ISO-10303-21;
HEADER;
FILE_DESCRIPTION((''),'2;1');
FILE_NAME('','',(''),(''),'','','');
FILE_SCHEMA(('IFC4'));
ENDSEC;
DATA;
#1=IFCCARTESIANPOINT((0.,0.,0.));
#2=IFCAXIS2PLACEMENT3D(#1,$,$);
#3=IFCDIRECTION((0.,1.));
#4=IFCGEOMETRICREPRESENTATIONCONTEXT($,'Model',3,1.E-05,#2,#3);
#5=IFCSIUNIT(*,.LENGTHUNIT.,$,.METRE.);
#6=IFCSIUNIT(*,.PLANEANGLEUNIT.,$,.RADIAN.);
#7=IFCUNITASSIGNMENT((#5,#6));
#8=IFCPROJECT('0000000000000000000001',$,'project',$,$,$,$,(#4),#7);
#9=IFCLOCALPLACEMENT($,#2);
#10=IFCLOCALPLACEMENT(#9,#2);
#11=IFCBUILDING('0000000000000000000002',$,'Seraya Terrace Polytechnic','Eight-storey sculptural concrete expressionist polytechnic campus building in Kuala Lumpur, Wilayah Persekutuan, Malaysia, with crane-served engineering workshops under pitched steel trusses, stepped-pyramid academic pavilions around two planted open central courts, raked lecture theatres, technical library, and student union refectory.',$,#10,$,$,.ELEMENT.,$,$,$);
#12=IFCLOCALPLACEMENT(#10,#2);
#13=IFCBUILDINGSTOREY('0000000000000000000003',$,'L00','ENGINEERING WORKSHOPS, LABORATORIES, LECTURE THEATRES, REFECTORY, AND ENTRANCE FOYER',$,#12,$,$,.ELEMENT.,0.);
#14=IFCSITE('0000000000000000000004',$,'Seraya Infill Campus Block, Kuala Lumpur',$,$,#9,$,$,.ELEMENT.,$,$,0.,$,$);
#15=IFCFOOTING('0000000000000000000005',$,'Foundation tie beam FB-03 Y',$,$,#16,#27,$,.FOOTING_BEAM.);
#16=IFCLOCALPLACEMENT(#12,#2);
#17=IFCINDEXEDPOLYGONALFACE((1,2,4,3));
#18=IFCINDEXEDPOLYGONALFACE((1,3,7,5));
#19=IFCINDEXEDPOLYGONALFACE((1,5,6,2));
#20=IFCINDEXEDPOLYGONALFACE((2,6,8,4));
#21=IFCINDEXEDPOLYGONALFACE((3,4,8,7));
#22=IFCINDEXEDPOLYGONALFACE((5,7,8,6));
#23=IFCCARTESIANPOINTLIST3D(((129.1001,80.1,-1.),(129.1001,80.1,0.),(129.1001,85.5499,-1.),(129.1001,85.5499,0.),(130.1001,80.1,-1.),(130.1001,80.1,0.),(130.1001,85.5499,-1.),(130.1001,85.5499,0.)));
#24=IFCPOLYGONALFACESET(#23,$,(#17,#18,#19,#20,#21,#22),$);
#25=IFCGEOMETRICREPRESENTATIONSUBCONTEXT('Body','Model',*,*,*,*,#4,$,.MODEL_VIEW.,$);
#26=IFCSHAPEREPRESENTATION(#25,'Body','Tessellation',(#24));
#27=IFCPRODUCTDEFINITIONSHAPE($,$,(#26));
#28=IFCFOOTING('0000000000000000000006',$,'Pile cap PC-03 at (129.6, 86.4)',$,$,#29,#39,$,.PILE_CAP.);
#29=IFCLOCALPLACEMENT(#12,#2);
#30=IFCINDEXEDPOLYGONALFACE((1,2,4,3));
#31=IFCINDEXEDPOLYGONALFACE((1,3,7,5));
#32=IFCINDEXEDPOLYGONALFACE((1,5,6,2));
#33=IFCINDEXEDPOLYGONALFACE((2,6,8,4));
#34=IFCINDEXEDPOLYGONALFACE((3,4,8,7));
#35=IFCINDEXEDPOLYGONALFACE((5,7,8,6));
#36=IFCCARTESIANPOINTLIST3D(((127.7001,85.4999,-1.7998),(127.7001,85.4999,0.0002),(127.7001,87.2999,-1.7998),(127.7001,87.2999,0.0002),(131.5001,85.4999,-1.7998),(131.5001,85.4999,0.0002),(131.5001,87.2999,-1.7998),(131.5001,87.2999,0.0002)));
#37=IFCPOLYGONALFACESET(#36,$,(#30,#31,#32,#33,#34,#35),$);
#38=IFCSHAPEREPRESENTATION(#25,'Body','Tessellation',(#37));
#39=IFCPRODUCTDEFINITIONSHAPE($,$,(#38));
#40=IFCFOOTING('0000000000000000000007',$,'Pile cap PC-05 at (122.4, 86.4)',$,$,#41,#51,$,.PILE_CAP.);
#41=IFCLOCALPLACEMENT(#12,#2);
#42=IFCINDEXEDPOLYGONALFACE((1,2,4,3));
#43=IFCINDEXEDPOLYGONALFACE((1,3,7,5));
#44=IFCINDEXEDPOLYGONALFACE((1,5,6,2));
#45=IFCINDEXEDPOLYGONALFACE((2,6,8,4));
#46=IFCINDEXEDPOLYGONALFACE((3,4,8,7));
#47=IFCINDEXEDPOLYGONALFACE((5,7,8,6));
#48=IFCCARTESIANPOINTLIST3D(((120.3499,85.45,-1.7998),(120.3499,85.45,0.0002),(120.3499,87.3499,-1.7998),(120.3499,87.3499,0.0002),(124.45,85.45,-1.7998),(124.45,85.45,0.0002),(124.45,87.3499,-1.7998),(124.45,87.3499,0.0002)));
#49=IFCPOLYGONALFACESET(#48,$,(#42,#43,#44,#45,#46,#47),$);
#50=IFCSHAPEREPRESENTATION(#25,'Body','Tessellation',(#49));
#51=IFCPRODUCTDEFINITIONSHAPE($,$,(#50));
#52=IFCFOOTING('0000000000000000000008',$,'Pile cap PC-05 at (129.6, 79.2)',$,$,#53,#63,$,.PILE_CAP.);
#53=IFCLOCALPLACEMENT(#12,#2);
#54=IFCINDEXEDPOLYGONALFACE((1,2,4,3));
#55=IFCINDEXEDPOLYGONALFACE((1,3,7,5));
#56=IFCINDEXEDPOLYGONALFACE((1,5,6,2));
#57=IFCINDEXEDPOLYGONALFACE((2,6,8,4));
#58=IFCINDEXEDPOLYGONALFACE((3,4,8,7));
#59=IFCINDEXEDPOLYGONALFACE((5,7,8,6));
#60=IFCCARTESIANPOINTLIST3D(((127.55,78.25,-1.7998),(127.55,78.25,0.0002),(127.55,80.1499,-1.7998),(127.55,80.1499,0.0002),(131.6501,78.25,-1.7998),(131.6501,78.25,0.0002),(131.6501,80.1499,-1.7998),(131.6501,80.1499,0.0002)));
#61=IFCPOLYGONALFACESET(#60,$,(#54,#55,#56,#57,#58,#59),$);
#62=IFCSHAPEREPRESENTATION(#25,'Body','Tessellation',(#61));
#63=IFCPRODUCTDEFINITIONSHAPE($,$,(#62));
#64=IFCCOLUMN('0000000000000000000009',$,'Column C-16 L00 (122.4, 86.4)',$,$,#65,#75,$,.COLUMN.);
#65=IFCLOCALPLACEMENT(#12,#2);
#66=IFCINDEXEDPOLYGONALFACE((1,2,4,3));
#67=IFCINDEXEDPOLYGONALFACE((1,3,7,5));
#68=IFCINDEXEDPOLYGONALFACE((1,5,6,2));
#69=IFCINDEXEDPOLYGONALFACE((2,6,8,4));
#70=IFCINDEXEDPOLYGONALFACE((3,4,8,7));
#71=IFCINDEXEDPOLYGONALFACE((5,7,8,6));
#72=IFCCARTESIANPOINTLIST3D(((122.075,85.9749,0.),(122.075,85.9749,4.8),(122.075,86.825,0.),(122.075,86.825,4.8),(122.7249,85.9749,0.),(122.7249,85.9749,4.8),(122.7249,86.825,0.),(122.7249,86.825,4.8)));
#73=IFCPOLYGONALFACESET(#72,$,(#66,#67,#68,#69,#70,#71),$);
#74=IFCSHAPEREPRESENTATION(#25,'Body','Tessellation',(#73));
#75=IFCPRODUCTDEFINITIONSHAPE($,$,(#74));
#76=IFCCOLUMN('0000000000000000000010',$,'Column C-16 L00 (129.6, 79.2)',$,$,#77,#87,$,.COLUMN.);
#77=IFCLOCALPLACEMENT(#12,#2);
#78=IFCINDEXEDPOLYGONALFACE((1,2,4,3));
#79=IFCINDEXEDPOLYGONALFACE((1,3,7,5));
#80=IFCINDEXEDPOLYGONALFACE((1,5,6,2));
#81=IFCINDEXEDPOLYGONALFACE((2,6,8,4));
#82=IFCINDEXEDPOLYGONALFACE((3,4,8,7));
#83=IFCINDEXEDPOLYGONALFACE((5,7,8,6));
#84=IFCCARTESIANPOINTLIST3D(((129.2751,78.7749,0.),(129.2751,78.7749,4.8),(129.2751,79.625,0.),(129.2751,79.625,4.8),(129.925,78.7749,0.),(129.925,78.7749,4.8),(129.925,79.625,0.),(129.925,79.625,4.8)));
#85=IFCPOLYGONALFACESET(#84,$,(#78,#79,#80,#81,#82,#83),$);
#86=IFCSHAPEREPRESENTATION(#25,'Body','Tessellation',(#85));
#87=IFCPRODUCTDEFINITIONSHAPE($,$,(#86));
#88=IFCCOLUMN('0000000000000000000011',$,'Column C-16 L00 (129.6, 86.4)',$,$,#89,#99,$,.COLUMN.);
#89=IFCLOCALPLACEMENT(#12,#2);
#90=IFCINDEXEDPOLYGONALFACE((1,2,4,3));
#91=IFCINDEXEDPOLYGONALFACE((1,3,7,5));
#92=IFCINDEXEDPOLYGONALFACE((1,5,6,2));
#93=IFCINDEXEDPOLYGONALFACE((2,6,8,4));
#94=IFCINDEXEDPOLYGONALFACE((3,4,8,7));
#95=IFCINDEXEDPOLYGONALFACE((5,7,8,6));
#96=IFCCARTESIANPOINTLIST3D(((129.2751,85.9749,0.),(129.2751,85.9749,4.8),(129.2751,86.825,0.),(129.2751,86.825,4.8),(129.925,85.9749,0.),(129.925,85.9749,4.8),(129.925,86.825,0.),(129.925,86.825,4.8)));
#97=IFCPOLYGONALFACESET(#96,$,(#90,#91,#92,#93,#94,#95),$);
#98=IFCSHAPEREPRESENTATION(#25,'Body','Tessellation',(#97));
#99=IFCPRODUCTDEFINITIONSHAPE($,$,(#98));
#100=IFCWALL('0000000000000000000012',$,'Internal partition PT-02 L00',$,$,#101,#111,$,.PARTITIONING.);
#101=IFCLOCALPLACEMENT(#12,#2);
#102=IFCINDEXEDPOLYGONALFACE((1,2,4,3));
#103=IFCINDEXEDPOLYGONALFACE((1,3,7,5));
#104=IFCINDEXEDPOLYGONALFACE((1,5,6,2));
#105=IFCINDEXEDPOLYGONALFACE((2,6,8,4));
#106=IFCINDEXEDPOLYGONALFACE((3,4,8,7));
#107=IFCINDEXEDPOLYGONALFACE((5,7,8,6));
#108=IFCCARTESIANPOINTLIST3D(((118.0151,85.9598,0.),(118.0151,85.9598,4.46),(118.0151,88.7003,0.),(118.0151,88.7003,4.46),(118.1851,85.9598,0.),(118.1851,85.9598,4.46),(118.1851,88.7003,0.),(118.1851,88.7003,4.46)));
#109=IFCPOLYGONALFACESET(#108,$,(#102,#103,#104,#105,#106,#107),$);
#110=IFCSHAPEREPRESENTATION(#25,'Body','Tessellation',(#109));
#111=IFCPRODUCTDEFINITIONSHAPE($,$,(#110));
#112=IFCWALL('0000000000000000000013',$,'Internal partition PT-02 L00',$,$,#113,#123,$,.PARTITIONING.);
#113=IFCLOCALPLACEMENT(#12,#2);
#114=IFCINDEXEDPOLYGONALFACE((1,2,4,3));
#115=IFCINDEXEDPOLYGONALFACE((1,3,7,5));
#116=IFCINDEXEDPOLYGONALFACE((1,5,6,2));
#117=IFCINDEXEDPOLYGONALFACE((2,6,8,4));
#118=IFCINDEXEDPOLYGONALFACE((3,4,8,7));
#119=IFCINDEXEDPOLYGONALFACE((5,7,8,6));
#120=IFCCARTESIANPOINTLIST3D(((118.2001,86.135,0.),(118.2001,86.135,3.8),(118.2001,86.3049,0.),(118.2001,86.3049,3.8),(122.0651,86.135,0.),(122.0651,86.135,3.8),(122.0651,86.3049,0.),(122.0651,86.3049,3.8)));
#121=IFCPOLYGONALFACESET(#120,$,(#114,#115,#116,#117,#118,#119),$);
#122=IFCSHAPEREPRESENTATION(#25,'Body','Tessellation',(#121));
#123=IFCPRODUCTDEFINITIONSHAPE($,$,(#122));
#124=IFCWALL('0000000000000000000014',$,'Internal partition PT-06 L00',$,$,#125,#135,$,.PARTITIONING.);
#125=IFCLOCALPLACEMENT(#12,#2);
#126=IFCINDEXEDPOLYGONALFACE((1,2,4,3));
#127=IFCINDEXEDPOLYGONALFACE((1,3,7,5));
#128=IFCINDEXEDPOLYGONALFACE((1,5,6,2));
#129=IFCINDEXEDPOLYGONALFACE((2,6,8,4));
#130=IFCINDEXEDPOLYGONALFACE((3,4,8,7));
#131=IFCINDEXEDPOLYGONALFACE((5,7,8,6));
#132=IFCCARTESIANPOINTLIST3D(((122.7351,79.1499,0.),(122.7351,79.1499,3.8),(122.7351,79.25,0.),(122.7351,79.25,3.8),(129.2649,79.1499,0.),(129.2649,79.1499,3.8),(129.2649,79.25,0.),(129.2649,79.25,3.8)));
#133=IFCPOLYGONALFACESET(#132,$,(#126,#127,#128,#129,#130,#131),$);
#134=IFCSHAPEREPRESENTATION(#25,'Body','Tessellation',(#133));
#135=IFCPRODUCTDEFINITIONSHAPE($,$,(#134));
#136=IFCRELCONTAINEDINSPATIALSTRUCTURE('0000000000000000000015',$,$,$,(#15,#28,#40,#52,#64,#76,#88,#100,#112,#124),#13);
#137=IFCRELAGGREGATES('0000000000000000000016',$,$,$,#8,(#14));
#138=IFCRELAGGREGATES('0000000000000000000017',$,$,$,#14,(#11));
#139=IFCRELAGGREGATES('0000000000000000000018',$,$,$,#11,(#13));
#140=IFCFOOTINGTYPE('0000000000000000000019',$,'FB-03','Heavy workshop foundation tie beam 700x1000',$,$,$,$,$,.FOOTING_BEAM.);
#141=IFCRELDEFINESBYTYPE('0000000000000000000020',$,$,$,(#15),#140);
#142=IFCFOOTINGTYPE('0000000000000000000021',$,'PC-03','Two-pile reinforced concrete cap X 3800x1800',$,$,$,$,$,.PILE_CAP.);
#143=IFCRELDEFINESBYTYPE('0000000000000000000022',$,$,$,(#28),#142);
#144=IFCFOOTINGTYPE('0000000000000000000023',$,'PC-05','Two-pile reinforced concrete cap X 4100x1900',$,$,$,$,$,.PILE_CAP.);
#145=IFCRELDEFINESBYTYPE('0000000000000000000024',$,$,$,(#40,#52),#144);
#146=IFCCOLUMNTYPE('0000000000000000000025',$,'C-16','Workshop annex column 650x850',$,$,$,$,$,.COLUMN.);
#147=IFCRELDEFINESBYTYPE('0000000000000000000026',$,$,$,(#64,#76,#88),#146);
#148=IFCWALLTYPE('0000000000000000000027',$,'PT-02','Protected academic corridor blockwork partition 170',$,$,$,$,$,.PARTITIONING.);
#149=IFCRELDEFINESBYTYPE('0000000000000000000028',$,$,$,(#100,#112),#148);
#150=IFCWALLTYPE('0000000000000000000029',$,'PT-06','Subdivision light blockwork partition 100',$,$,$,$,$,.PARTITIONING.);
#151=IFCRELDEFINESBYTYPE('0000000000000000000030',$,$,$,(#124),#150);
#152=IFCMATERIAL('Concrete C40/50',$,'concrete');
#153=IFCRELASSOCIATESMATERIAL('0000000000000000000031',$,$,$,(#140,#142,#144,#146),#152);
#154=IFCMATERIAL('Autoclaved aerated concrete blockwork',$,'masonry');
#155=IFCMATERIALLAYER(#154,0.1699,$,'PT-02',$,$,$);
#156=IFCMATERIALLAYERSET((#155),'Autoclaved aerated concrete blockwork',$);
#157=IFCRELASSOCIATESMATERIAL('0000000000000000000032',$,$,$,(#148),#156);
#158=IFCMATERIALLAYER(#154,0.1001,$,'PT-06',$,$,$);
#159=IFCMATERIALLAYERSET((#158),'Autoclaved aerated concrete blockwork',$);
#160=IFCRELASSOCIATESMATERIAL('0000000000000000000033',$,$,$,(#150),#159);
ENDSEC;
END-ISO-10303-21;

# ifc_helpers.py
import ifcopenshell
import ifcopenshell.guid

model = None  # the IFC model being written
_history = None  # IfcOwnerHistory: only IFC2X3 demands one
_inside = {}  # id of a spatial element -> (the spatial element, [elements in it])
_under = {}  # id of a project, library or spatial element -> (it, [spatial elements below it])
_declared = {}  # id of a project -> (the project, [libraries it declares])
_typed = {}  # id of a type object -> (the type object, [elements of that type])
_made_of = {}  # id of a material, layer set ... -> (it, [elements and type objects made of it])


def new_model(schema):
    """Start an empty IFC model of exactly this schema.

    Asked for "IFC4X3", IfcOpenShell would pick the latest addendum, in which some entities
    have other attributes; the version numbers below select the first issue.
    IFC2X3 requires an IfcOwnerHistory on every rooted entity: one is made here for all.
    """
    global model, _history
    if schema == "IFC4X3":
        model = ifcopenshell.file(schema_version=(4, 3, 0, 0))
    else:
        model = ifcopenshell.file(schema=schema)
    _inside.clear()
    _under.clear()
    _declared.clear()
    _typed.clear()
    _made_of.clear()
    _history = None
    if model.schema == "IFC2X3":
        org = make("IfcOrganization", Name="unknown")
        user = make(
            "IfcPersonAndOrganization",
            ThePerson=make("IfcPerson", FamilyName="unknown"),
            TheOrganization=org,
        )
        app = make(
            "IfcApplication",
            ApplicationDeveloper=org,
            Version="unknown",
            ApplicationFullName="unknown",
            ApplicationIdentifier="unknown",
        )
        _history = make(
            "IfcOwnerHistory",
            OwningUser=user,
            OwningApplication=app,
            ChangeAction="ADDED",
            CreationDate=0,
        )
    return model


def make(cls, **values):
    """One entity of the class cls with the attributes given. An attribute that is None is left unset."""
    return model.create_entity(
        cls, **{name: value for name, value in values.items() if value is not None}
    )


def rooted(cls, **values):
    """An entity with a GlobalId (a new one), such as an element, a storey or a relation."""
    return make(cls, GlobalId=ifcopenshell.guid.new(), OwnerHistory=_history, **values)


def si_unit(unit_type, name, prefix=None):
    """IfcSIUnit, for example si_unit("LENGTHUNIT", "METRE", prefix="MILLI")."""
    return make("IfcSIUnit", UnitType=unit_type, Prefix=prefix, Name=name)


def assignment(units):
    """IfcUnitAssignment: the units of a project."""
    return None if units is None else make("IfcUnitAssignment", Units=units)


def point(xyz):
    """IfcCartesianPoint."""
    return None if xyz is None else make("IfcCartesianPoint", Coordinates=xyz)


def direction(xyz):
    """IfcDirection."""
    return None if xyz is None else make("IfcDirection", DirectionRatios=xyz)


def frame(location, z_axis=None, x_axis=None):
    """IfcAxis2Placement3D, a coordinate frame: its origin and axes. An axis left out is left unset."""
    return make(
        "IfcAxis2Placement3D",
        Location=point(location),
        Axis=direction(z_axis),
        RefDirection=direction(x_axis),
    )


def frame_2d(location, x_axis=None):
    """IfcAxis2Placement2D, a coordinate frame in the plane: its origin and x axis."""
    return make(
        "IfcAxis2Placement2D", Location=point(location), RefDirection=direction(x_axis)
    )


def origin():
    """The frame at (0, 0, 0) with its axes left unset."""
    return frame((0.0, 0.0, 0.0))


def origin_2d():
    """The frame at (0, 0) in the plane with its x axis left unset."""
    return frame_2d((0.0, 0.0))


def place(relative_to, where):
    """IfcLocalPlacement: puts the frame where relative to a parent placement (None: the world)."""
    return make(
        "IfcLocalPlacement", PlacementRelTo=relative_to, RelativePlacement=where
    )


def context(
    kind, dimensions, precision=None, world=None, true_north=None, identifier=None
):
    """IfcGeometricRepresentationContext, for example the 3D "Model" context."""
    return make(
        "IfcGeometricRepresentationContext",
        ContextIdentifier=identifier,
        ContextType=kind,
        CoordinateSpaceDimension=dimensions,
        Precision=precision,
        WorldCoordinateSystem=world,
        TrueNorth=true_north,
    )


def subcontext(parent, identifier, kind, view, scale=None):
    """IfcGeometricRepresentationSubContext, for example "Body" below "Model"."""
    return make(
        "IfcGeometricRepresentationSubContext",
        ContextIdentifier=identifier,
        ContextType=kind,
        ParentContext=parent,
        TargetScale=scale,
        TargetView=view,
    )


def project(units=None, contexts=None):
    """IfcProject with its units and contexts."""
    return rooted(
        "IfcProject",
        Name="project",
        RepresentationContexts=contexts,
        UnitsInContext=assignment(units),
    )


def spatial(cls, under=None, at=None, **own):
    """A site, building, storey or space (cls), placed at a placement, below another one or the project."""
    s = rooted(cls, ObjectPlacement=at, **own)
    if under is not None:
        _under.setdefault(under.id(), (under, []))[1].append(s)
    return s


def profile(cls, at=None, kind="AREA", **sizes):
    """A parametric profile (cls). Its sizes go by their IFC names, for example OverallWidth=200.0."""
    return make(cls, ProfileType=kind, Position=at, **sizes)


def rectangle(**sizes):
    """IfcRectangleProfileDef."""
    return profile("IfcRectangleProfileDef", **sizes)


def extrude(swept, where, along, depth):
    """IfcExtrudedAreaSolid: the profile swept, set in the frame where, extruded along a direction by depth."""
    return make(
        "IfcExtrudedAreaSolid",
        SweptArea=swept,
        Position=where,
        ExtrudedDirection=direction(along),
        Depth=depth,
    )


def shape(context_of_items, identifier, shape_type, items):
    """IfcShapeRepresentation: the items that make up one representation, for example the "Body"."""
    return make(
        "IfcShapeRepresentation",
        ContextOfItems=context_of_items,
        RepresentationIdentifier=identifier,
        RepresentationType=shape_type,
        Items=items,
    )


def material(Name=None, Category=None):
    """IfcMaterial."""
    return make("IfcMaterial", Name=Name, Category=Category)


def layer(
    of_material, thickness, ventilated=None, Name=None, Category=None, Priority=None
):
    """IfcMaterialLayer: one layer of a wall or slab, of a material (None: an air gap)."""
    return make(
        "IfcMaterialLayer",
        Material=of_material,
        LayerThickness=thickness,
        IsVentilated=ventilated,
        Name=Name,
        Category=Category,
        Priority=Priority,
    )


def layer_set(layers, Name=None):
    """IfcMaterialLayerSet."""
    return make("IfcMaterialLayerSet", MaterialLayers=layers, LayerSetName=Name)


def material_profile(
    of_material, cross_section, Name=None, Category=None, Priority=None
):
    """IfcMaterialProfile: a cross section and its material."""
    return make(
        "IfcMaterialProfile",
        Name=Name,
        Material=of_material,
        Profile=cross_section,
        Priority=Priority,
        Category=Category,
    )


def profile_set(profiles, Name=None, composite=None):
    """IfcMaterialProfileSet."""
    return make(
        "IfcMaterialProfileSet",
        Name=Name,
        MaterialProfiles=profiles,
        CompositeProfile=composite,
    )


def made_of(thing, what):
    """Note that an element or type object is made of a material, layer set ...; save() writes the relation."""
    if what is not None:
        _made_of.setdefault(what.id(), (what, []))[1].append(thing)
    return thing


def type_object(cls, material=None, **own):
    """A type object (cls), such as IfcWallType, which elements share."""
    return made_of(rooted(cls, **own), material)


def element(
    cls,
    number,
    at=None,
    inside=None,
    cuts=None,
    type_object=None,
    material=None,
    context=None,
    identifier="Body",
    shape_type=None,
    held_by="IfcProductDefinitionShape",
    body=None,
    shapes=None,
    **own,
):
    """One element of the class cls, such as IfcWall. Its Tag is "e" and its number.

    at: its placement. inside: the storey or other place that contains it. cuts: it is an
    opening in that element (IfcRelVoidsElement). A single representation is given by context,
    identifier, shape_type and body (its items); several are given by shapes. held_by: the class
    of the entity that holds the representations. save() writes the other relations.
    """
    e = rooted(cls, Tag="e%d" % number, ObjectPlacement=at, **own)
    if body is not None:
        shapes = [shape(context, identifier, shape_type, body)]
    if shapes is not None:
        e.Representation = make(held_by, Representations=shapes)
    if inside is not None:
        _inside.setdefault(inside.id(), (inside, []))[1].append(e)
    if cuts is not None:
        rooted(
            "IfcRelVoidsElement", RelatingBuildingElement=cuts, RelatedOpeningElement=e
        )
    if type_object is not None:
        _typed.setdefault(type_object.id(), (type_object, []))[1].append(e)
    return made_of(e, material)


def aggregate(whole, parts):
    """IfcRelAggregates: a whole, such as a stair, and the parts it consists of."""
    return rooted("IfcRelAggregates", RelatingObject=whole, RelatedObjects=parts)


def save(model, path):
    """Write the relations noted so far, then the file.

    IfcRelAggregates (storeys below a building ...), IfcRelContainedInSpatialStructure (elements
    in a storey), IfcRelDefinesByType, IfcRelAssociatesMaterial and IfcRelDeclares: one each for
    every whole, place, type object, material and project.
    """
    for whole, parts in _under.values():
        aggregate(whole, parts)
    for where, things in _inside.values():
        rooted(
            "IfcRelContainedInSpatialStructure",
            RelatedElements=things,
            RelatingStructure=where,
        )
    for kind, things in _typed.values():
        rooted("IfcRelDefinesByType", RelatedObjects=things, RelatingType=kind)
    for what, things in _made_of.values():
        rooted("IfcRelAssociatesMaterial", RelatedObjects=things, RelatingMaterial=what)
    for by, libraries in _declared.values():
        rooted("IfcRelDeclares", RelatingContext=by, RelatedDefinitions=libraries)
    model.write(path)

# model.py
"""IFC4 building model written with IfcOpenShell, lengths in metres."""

from ifc_helpers import new_model, si_unit, direction, frame, frame_2d, origin, origin_2d, place, context, subcontext, project, spatial, rectangle, extrude, material, layer, layer_set, material_profile, profile_set, type_object, element, save


model = new_model("IFC4")

# Units and contexts
model_context = context("Model", 3, precision=1e-05, world=origin(), true_north=direction((0.0, 1.0)))
body_context = subcontext(model_context, "Body", "Model", "MODEL_VIEW")
ifc_project = project(units=[si_unit("LENGTHUNIT", "METRE"), si_unit("PLANEANGLEUNIT", "RADIAN")], contexts=[model_context])

# Site, building, storey
site_placement = place(None, origin())
site = spatial("IfcSite", under=ifc_project, at=site_placement, Name="Seraya Infill Campus Block, Kuala Lumpur", CompositionType="ELEMENT", RefElevation=0.0)
building_placement = place(site_placement, origin())
building = spatial("IfcBuilding", under=site, at=building_placement, Name="Seraya Terrace Polytechnic", Description="Eight-storey sculptural concrete expressionist polytechnic campus building in Kuala Lumpur, Wilayah Persekutuan, Malaysia, with crane-served engineering workshops under pitched steel trusses, stepped-pyramid academic pavilions around two planted open central courts, raked lecture theatres, technical library, and student union refectory.", CompositionType="ELEMENT")
storey_placement = place(building_placement, origin())
storey = spatial("IfcBuildingStorey", under=building, at=storey_placement, Name="L00", Description="ENGINEERING WORKSHOPS, LABORATORIES, LECTURE THEATRES, REFECTORY, AND ENTRANCE FOYER", CompositionType="ELEMENT", Elevation=0.0)

# Shared definitions
ifc_material_1 = material(Name="Concrete C40/50", Category="concrete")

# Footings
footing_type_1 = type_object("IfcFootingType", Name="FB-03", Description="Heavy workshop foundation tie beam 700x1000", PredefinedType="FOOTING_BEAM", material=ifc_material_1)
footing_1_placement = place(storey_placement, frame((129.6001, 82.825, -1.0), z_axis=(0.0, 0.0, 1.0), x_axis=(0.0, 1.0, 0.0)))
element("IfcFooting", 1, at=footing_1_placement, inside=storey, type_object=footing_type_1, Name="Foundation tie beam FB-03 Y", PredefinedType="FOOTING_BEAM", context=body_context, shape_type="SweptSolid", body=[
    extrude(rectangle(XDim=5.45, YDim=1.0, at=origin_2d()), origin(), (0.0, 0.0, 1.0), 1.0),
])
footing_type_2 = type_object("IfcFootingType", Name="PC-03", Description="Two-pile reinforced concrete cap X 3800x1800", PredefinedType="PILE_CAP", material=ifc_material_1)
footing_2_placement = place(storey_placement, frame((129.6001, 86.3999, -1.7998), z_axis=(0.0, 0.0, 1.0), x_axis=(1.0, 0.0, 0.0)))
element("IfcFooting", 2, at=footing_2_placement, inside=storey, type_object=footing_type_2, Name="Pile cap PC-03 at (129.6, 86.4)", PredefinedType="PILE_CAP", context=body_context, shape_type="SweptSolid", body=[
    extrude(rectangle(XDim=3.8, YDim=1.8, at=origin_2d()), origin(), (0.0, 0.0, 1.0), 1.8),
])
footing_type_3 = type_object("IfcFootingType", Name="PC-05", Description="Two-pile reinforced concrete cap X 4100x1900", PredefinedType="PILE_CAP", material=ifc_material_1)
for number, where, z_axis, x_axis, name in (
    (3, (122.3999, 86.3999, -1.7998), (0.0, 0.0, 1.0), (1.0, 0.0, 0.0), "Pile cap PC-05 at (122.4, 86.4)"),
    (4, (129.6001, 79.2, -1.7998), (0.0, 0.0, 1.0), (1.0, 0.0, 0.0), "Pile cap PC-05 at (129.6, 79.2)"),
):
    element("IfcFooting", number, at=place(storey_placement, frame(where, z_axis=z_axis, x_axis=x_axis)), inside=storey, type_object=footing_type_3, Name=name, PredefinedType="PILE_CAP", context=body_context, shape_type="SweptSolid", body=[
        extrude(rectangle(XDim=4.1001, YDim=1.8999, at=origin_2d()), origin(), (0.0, 0.0, 1.0), 1.8),
    ])

# Columns
ifc_material_profile_1 = material_profile(ifc_material_1, rectangle(XDim=0.6499, YDim=0.8501, at=origin_2d()), Name="RC 650x850")
ifc_profile_set_1 = profile_set([ifc_material_profile_1], Name="Concrete C40/50")
column_type = type_object("IfcColumnType", Name="C-16", Description="Workshop annex column 650x850", PredefinedType="COLUMN", material=ifc_profile_set_1)
for number, where, z_axis, x_axis, name in (
    (5, (122.3999, 86.3999, 0.0), (0.0, 0.0, 1.0), (1.0, 0.0, 0.0), "Column C-16 L00 (122.4, 86.4)"),
    (6, (129.6001, 79.2, 0.0), (0.0, 0.0, 1.0), (1.0, 0.0, 0.0), "Column C-16 L00 (129.6, 79.2)"),
    (7, (129.6001, 86.3999, 0.0), (0.0, 0.0, 1.0), (1.0, 0.0, 0.0), "Column C-16 L00 (129.6, 86.4)"),
):
    element("IfcColumn", number, at=place(storey_placement, frame(where, z_axis=z_axis, x_axis=x_axis)), inside=storey, type_object=column_type, Name=name, PredefinedType="COLUMN", context=body_context, shape_type="SweptSolid", body=[
        extrude(rectangle(XDim=0.6499, YDim=0.8501, at=origin_2d()), origin(), (0.0, 0.0, 1.0), 4.8),
    ])

# Walls
ifc_material_2 = material(Name="Autoclaved aerated concrete blockwork", Category="masonry")
ifc_layer_1 = layer(ifc_material_2, 0.1699, Name="PT-02")
ifc_layer_set_1 = layer_set([ifc_layer_1], Name="Autoclaved aerated concrete blockwork")
wall_type_1 = type_object("IfcWallType", Name="PT-02", Description="Protected academic corridor blockwork partition 170", PredefinedType="PARTITIONING", material=ifc_layer_set_1)
wall_1_placement = place(storey_placement, frame((118.1001, 85.96, 0.0), z_axis=(0.0, 0.0, 1.0), x_axis=(0.0, 1.0, 0.0)))
element("IfcWall", 8, at=wall_1_placement, inside=storey, type_object=wall_type_1, Name="Internal partition PT-02 L00", PredefinedType="PARTITIONING", context=body_context, shape_type="SweptSolid", body=[
    extrude(rectangle(XDim=2.7405, YDim=0.1699, at=frame_2d((1.3701, 0.0))), origin(), (0.0, 0.0, 1.0), 4.46),
])
wall_2_placement = place(storey_placement, frame((118.2, 86.22, 0.0), z_axis=(0.0, 0.0, 1.0), x_axis=(1.0, 0.0, 0.0)))
element("IfcWall", 9, at=wall_2_placement, inside=storey, type_object=wall_type_1, Name="Internal partition PT-02 L00", PredefinedType="PARTITIONING", context=body_context, shape_type="SweptSolid", body=[
    extrude(rectangle(XDim=3.865, YDim=0.1699, at=frame_2d((1.9326, 0.0))), origin(), (0.0, 0.0, 1.0), 3.8),
])
ifc_layer_2 = layer(ifc_material_2, 0.1001, Name="PT-06")
ifc_layer_set_2 = layer_set([ifc_layer_2], Name="Autoclaved aerated concrete blockwork")
wall_type_2 = type_object("IfcWallType", Name="PT-06", Description="Subdivision light blockwork partition 100", PredefinedType="PARTITIONING", material=ifc_layer_set_2)
wall_3_placement = place(storey_placement, frame((122.7351, 79.2, 0.0), z_axis=(0.0, 0.0, 1.0), x_axis=(1.0, 0.0, 0.0)))
element("IfcWall", 10, at=wall_3_placement, inside=storey, type_object=wall_type_2, Name="Internal partition PT-06 L00", PredefinedType="PARTITIONING", context=body_context, shape_type="SweptSolid", body=[
    extrude(rectangle(XDim=6.5298, YDim=0.1001, at=frame_2d((3.2649, 0.0))), origin(), (0.0, 0.0, 1.0), 3.8),
])

save(model, "model.ifc")
